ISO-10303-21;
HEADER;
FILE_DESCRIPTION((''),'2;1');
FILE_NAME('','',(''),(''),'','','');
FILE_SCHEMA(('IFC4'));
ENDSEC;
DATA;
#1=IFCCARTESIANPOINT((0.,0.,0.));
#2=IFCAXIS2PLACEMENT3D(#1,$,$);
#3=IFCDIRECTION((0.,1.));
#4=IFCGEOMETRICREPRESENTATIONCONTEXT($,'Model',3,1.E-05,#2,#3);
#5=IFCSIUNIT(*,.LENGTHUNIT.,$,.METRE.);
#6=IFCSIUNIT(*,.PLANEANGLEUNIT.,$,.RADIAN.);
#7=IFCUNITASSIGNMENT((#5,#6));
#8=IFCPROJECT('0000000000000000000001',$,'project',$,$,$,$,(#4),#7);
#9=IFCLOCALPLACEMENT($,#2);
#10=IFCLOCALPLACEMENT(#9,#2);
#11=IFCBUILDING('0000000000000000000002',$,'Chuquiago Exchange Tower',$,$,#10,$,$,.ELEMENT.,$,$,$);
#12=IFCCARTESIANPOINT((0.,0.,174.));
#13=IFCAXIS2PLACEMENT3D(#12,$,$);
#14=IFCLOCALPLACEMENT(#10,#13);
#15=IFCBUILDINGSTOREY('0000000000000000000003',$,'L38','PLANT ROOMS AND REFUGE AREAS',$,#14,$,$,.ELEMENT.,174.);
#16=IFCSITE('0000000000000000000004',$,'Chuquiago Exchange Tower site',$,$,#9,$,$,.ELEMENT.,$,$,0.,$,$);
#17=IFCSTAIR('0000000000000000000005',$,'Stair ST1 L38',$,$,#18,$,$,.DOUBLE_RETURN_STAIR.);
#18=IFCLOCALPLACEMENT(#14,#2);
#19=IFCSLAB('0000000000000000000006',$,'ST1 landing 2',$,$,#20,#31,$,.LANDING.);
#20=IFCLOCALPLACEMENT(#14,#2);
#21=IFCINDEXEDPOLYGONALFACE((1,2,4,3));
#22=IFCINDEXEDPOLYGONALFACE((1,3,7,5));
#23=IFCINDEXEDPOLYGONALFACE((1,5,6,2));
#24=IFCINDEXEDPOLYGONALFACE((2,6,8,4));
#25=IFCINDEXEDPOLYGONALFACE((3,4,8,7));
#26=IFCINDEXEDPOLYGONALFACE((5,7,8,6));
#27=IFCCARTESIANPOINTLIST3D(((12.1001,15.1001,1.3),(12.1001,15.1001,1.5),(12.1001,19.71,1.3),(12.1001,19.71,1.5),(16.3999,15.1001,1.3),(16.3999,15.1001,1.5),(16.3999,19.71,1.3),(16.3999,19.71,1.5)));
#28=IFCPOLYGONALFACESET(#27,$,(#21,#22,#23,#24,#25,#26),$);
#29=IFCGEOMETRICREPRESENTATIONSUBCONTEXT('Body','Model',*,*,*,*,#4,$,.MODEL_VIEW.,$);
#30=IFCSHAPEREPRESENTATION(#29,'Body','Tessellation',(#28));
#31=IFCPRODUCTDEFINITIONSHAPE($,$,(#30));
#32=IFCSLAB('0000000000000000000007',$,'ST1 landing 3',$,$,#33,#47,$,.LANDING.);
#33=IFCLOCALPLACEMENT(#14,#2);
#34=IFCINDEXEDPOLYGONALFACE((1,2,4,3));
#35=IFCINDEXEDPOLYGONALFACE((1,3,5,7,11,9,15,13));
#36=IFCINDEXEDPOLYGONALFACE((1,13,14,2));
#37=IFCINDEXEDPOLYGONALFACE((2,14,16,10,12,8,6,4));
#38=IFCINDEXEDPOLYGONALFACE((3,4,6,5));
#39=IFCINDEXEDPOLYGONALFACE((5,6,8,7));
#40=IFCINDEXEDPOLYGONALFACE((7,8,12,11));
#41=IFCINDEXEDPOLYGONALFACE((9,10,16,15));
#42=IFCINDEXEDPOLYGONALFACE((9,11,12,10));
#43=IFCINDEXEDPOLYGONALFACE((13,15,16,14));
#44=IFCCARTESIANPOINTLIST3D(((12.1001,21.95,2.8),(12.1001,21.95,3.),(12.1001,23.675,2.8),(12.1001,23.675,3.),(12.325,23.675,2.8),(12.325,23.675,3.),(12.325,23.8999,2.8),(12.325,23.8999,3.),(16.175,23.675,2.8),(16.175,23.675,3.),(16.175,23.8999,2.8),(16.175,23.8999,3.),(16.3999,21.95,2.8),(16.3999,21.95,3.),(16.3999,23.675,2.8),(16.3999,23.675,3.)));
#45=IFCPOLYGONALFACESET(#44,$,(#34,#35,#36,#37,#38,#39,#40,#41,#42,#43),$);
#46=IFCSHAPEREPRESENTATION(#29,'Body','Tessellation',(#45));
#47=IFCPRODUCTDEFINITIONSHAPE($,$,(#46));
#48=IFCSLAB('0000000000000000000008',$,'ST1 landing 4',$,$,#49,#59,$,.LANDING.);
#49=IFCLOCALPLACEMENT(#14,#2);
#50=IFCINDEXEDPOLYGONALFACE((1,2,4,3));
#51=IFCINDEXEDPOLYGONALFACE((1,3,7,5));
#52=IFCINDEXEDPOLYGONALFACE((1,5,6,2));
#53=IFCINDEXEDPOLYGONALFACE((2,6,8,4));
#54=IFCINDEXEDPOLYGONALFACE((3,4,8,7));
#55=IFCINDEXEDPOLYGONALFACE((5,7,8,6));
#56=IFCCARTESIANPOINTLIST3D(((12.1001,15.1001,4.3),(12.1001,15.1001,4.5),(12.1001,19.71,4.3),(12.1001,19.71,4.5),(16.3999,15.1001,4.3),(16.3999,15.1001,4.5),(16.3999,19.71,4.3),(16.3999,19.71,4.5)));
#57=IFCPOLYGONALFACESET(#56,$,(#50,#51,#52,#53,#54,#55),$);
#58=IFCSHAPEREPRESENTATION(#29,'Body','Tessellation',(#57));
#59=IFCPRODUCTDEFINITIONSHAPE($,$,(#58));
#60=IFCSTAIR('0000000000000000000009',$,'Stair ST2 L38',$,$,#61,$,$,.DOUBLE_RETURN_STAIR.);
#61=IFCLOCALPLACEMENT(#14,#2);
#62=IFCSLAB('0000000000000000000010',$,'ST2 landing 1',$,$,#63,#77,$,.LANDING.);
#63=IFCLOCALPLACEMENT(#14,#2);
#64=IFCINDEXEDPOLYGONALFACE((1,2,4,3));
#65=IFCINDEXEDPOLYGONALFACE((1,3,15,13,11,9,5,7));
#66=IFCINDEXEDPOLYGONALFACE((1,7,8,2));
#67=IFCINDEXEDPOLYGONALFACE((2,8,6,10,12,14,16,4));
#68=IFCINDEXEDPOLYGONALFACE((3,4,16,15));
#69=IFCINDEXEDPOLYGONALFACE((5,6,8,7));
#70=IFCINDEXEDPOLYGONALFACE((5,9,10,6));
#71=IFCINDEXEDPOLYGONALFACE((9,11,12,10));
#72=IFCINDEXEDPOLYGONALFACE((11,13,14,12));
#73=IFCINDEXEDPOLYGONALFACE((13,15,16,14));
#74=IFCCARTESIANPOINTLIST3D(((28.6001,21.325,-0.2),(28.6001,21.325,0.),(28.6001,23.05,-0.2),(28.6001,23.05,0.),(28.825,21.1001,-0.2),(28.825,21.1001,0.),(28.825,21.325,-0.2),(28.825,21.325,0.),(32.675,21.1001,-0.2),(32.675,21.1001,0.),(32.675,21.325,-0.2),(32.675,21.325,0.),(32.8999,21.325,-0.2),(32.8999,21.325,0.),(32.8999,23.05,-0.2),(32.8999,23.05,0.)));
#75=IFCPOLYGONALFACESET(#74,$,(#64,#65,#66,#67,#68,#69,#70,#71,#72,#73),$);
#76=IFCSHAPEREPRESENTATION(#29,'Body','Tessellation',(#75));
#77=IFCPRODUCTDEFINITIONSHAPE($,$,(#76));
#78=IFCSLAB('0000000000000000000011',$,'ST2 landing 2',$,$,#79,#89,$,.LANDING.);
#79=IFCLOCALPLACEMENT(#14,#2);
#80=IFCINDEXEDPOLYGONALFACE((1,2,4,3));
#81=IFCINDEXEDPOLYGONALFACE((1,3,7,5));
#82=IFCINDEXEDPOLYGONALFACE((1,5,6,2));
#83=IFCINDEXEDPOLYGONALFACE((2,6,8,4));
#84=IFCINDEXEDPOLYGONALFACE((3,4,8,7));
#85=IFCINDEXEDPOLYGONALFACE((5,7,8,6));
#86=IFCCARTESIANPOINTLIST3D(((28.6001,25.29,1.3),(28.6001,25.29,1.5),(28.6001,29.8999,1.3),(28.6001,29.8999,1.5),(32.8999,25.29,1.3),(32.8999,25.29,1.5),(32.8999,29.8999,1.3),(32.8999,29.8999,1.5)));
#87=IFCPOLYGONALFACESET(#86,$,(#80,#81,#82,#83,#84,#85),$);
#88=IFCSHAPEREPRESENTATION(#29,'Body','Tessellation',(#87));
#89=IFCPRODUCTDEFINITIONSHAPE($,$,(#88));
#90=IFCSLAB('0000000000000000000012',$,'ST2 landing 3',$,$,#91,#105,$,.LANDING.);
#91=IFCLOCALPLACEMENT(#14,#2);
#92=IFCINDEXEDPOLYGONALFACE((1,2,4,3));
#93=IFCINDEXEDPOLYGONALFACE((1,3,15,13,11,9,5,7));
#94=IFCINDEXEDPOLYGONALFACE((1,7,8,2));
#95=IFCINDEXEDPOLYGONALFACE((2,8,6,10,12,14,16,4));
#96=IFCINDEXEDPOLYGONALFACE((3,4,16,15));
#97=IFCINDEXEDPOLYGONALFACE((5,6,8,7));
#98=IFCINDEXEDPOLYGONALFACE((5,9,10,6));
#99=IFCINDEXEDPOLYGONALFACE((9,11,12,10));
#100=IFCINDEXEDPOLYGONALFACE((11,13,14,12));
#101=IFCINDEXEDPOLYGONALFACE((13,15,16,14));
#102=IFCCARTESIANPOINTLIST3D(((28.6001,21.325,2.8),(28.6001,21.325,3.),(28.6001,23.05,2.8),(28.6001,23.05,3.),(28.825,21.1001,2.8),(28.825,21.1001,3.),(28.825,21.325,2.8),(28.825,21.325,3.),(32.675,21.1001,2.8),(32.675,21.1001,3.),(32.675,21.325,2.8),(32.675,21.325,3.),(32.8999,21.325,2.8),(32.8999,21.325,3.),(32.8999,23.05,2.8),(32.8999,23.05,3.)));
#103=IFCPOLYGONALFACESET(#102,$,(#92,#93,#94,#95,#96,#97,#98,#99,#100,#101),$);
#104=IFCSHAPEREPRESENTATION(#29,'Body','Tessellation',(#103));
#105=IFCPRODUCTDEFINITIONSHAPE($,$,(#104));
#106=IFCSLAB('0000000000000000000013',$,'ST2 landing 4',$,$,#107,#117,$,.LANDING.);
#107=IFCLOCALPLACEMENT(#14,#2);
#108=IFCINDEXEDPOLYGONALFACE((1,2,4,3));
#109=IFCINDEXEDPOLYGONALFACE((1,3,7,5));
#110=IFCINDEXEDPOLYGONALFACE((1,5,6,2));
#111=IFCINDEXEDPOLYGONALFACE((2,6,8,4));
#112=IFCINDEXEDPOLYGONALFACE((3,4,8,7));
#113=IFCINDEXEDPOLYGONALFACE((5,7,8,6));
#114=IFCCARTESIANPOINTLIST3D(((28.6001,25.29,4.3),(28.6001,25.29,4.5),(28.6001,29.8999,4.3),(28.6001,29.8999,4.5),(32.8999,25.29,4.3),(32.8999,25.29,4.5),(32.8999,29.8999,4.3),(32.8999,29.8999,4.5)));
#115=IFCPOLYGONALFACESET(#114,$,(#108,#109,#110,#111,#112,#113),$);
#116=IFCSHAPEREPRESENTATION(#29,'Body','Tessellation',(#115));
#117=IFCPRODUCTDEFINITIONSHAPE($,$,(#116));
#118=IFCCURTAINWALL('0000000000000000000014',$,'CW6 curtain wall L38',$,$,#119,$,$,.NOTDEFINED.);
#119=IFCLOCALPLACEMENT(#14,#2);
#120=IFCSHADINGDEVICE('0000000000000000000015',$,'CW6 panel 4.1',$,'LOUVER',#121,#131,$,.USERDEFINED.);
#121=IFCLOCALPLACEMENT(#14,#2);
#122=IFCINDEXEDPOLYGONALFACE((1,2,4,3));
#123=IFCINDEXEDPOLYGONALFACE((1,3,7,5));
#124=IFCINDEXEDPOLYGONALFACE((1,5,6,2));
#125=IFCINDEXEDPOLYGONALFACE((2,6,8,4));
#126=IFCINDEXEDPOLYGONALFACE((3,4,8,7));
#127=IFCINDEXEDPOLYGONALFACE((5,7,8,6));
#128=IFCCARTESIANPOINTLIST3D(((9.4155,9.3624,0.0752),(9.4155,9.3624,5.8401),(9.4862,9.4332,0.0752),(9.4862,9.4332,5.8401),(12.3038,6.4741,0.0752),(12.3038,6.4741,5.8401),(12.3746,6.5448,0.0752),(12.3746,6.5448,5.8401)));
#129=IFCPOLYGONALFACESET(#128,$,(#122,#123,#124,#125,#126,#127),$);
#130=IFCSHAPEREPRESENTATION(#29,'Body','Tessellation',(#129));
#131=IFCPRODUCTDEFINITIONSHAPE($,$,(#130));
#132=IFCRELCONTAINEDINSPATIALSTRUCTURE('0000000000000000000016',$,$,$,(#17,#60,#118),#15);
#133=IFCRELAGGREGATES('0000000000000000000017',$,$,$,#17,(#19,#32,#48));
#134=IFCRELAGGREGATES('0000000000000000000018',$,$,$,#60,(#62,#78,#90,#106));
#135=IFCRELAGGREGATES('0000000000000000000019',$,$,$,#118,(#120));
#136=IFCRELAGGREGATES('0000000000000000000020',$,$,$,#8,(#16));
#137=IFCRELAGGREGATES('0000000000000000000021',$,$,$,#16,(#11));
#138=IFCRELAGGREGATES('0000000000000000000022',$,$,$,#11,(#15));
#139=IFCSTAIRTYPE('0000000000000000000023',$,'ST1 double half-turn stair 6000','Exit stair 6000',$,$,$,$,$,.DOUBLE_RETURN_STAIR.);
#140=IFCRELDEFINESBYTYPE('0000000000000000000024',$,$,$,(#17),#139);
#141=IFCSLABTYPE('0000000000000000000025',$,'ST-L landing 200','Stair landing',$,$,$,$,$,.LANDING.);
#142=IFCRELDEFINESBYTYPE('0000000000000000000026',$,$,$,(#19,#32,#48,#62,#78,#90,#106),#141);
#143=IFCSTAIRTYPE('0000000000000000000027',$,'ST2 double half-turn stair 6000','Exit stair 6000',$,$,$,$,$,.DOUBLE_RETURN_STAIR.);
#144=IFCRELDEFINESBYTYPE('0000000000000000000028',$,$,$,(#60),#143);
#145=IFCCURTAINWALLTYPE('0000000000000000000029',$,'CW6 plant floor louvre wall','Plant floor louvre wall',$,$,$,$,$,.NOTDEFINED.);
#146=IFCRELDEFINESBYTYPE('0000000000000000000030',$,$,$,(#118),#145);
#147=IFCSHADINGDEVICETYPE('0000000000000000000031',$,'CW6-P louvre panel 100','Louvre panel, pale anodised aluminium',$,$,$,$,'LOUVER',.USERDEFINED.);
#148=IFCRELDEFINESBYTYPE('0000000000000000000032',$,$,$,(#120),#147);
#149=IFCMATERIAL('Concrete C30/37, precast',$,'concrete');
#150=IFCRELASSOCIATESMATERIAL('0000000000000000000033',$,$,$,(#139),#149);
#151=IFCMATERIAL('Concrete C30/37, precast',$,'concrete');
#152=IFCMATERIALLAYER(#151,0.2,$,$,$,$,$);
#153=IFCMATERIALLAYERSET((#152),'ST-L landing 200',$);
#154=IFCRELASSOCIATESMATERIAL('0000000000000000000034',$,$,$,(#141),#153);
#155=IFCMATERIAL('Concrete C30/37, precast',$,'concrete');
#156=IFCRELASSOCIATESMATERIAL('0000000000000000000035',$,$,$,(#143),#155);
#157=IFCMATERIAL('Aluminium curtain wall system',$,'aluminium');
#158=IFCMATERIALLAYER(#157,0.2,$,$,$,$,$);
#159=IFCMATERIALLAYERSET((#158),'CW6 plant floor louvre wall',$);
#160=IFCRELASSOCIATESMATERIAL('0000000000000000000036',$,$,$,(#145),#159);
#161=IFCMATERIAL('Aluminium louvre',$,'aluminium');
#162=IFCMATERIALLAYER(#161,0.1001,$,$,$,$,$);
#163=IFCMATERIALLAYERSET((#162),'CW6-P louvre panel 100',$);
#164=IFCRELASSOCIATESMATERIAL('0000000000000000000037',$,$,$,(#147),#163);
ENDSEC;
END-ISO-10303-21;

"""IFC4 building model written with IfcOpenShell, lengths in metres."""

from ifc_helpers import new_model, si_unit, direction, frame, origin, origin_2d, place, context, subcontext, project, spatial, polyline, rectangle, outline, extrude, material, layer, layer_set, type_object, element, aggregate, save


model = new_model("IFC4")

# Units and contexts
model_context = context("Model", 3, precision=1e-05, world=origin(), true_north=direction((0.0, 1.0)))
body_context = subcontext(model_context, "Body", "Model", "MODEL_VIEW")
ifc_project = project(units=[si_unit("LENGTHUNIT", "METRE"), si_unit("PLANEANGLEUNIT", "RADIAN")], contexts=[model_context])

# Site, building, storey
site_placement = place(None, origin())
site = spatial("IfcSite", under=ifc_project, at=site_placement, Name="Chuquiago Exchange Tower site", CompositionType="ELEMENT", RefElevation=0.0)
building_placement = place(site_placement, origin())
building = spatial("IfcBuilding", under=site, at=building_placement, Name="Chuquiago Exchange Tower", CompositionType="ELEMENT")
storey_placement = place(building_placement, frame((0.0, 0.0, 174.0)))
storey = spatial("IfcBuildingStorey", under=building, at=storey_placement, Name="L38", Description="PLANT ROOMS AND REFUGE AREAS", CompositionType="ELEMENT", Elevation=174.0)

# Stairs, slabs
ifc_material_1 = material(Name="Concrete C30/37, precast", Category="concrete")
stair_type_1 = type_object("IfcStairType", Name="ST1 double half-turn stair 6000", Description="Exit stair 6000", PredefinedType="DOUBLE_RETURN_STAIR", material=ifc_material_1)
stair_1_placement = place(storey_placement, origin())
stair_1 = element("IfcStair", 1, at=stair_1_placement, inside=storey, type_object=stair_type_1, Name="Stair ST1 L38", PredefinedType="DOUBLE_RETURN_STAIR")
ifc_material_2 = material(Name="Concrete C30/37, precast", Category="concrete")
ifc_layer_1 = layer(ifc_material_2, 0.2)
ifc_layer_set_1 = layer_set([ifc_layer_1], Name="ST-L landing 200")
slab_type_1 = type_object("IfcSlabType", Name="ST-L landing 200", Description="Stair landing", PredefinedType="LANDING", material=ifc_layer_set_1)
slab_1_placement = place(storey_placement, frame((0.0, 0.0, 1.3)))
slab_1 = element("IfcSlab", 2, at=slab_1_placement, type_object=slab_type_1, Name="ST1 landing 2", PredefinedType="LANDING", context=body_context, shape_type="SweptSolid", body=[
    extrude(outline(polyline([(12.1001, 19.71), (16.3999, 19.71), (16.3999, 15.1001), (12.1001, 15.1001), (12.1001, 19.71)])), origin(), (0.0, 0.0, 1.0), 0.2),
])
slab_2_placement = place(storey_placement, frame((0.0, 0.0, 2.8)))
slab_2 = element("IfcSlab", 3, at=slab_2_placement, type_object=slab_type_1, Name="ST1 landing 3", PredefinedType="LANDING", context=body_context, shape_type="SweptSolid", body=[
    extrude(outline(polyline([(12.325, 23.8999), (16.175, 23.8999), (16.175, 23.675), (16.3999, 23.675), (16.3999, 21.95), (12.1001, 21.95), (12.1001, 23.675), (12.325, 23.675), (12.325, 23.8999)])), origin(), (0.0, 0.0, 1.0), 0.2),
])
slab_3_placement = place(storey_placement, frame((0.0, 0.0, 4.3)))
slab_3 = element("IfcSlab", 4, at=slab_3_placement, type_object=slab_type_1, Name="ST1 landing 4", PredefinedType="LANDING", context=body_context, shape_type="SweptSolid", body=[
    extrude(outline(polyline([(12.1001, 19.71), (16.3999, 19.71), (16.3999, 15.1001), (12.1001, 15.1001), (12.1001, 19.71)])), origin(), (0.0, 0.0, 1.0), 0.2),
])
aggregate(stair_1, [slab_1, slab_2, slab_3])
ifc_material_3 = material(Name="Concrete C30/37, precast", Category="concrete")
stair_type_2 = type_object("IfcStairType", Name="ST2 double half-turn stair 6000", Description="Exit stair 6000", PredefinedType="DOUBLE_RETURN_STAIR", material=ifc_material_3)
stair_2_placement = place(storey_placement, origin())
stair_2 = element("IfcStair", 5, at=stair_2_placement, inside=storey, type_object=stair_type_2, Name="Stair ST2 L38", PredefinedType="DOUBLE_RETURN_STAIR")
slab_4_placement = place(storey_placement, frame((0.0, 0.0, -0.2)))
slab_4 = element("IfcSlab", 6, at=slab_4_placement, type_object=slab_type_1, Name="ST2 landing 1", PredefinedType="LANDING", context=body_context, shape_type="SweptSolid", body=[
    extrude(outline(polyline([(32.675, 21.325), (32.675, 21.1001), (28.825, 21.1001), (28.825, 21.325), (28.6001, 21.325), (28.6001, 23.05), (32.8999, 23.05), (32.8999, 21.325), (32.675, 21.325)])), origin(), (0.0, 0.0, 1.0), 0.2),
])
slab_5_placement = place(storey_placement, frame((0.0, 0.0, 1.3)))
slab_5 = element("IfcSlab", 7, at=slab_5_placement, type_object=slab_type_1, Name="ST2 landing 2", PredefinedType="LANDING", context=body_context, shape_type="SweptSolid", body=[
    extrude(outline(polyline([(28.6001, 29.8999), (32.8999, 29.8999), (32.8999, 25.29), (28.6001, 25.29), (28.6001, 29.8999)])), origin(), (0.0, 0.0, 1.0), 0.2),
])
slab_6_placement = place(storey_placement, frame((0.0, 0.0, 2.8)))
slab_6 = element("IfcSlab", 8, at=slab_6_placement, type_object=slab_type_1, Name="ST2 landing 3", PredefinedType="LANDING", context=body_context, shape_type="SweptSolid", body=[
    extrude(outline(polyline([(32.675, 21.325), (32.675, 21.1001), (28.825, 21.1001), (28.825, 21.325), (28.6001, 21.325), (28.6001, 23.05), (32.8999, 23.05), (32.8999, 21.325), (32.675, 21.325)])), origin(), (0.0, 0.0, 1.0), 0.2),
])
slab_7_placement = place(storey_placement, frame((0.0, 0.0, 4.3)))
slab_7 = element("IfcSlab", 9, at=slab_7_placement, type_object=slab_type_1, Name="ST2 landing 4", PredefinedType="LANDING", context=body_context, shape_type="SweptSolid", body=[
    extrude(outline(polyline([(28.6001, 29.8999), (32.8999, 29.8999), (32.8999, 25.29), (28.6001, 25.29), (28.6001, 29.8999)])), origin(), (0.0, 0.0, 1.0), 0.2),
])
aggregate(stair_2, [slab_4, slab_5, slab_6, slab_7])

# Curtain wall, shading device
ifc_material_4 = material(Name="Aluminium curtain wall system", Category="aluminium")
ifc_layer_2 = layer(ifc_material_4, 0.2)
ifc_layer_set_2 = layer_set([ifc_layer_2], Name="CW6 plant floor louvre wall")
curtain_wall_type = type_object("IfcCurtainWallType", Name="CW6 plant floor louvre wall", Description="Plant floor louvre wall", PredefinedType="NOTDEFINED", material=ifc_layer_set_2)
curtain_wall_placement = place(storey_placement, origin())
curtain_wall = element("IfcCurtainWall", 10, at=curtain_wall_placement, inside=storey, type_object=curtain_wall_type, Name="CW6 curtain wall L38", PredefinedType="NOTDEFINED")
ifc_material_5 = material(Name="Aluminium louvre", Category="aluminium")
ifc_layer_3 = layer(ifc_material_5, 0.1001)
ifc_layer_set_3 = layer_set([ifc_layer_3], Name="CW6-P louvre panel 100")
shading_device_type = type_object("IfcShadingDeviceType", Name="CW6-P louvre panel 100", Description="Louvre panel, pale anodised aluminium", ElementType="LOUVER", PredefinedType="USERDEFINED", material=ifc_layer_set_3)
shading_device_placement = place(storey_placement, frame((10.895, 7.9536, 0.0752), z_axis=(0.0, 0.0, 1.0), x_axis=(0.707107, -0.707107, 0.0)))
shading_device = element("IfcShadingDevice", 11, at=shading_device_placement, type_object=shading_device_type, Name="CW6 panel 4.1", ObjectType="LOUVER", PredefinedType="USERDEFINED", context=body_context, shape_type="SweptSolid", body=[
    extrude(rectangle(XDim=4.0847, YDim=0.1001, at=origin_2d()), origin(), (0.0, 0.0, 1.0), 5.7649),
])
aggregate(curtain_wall, [shading_device])

save(model, "model.ifc")
